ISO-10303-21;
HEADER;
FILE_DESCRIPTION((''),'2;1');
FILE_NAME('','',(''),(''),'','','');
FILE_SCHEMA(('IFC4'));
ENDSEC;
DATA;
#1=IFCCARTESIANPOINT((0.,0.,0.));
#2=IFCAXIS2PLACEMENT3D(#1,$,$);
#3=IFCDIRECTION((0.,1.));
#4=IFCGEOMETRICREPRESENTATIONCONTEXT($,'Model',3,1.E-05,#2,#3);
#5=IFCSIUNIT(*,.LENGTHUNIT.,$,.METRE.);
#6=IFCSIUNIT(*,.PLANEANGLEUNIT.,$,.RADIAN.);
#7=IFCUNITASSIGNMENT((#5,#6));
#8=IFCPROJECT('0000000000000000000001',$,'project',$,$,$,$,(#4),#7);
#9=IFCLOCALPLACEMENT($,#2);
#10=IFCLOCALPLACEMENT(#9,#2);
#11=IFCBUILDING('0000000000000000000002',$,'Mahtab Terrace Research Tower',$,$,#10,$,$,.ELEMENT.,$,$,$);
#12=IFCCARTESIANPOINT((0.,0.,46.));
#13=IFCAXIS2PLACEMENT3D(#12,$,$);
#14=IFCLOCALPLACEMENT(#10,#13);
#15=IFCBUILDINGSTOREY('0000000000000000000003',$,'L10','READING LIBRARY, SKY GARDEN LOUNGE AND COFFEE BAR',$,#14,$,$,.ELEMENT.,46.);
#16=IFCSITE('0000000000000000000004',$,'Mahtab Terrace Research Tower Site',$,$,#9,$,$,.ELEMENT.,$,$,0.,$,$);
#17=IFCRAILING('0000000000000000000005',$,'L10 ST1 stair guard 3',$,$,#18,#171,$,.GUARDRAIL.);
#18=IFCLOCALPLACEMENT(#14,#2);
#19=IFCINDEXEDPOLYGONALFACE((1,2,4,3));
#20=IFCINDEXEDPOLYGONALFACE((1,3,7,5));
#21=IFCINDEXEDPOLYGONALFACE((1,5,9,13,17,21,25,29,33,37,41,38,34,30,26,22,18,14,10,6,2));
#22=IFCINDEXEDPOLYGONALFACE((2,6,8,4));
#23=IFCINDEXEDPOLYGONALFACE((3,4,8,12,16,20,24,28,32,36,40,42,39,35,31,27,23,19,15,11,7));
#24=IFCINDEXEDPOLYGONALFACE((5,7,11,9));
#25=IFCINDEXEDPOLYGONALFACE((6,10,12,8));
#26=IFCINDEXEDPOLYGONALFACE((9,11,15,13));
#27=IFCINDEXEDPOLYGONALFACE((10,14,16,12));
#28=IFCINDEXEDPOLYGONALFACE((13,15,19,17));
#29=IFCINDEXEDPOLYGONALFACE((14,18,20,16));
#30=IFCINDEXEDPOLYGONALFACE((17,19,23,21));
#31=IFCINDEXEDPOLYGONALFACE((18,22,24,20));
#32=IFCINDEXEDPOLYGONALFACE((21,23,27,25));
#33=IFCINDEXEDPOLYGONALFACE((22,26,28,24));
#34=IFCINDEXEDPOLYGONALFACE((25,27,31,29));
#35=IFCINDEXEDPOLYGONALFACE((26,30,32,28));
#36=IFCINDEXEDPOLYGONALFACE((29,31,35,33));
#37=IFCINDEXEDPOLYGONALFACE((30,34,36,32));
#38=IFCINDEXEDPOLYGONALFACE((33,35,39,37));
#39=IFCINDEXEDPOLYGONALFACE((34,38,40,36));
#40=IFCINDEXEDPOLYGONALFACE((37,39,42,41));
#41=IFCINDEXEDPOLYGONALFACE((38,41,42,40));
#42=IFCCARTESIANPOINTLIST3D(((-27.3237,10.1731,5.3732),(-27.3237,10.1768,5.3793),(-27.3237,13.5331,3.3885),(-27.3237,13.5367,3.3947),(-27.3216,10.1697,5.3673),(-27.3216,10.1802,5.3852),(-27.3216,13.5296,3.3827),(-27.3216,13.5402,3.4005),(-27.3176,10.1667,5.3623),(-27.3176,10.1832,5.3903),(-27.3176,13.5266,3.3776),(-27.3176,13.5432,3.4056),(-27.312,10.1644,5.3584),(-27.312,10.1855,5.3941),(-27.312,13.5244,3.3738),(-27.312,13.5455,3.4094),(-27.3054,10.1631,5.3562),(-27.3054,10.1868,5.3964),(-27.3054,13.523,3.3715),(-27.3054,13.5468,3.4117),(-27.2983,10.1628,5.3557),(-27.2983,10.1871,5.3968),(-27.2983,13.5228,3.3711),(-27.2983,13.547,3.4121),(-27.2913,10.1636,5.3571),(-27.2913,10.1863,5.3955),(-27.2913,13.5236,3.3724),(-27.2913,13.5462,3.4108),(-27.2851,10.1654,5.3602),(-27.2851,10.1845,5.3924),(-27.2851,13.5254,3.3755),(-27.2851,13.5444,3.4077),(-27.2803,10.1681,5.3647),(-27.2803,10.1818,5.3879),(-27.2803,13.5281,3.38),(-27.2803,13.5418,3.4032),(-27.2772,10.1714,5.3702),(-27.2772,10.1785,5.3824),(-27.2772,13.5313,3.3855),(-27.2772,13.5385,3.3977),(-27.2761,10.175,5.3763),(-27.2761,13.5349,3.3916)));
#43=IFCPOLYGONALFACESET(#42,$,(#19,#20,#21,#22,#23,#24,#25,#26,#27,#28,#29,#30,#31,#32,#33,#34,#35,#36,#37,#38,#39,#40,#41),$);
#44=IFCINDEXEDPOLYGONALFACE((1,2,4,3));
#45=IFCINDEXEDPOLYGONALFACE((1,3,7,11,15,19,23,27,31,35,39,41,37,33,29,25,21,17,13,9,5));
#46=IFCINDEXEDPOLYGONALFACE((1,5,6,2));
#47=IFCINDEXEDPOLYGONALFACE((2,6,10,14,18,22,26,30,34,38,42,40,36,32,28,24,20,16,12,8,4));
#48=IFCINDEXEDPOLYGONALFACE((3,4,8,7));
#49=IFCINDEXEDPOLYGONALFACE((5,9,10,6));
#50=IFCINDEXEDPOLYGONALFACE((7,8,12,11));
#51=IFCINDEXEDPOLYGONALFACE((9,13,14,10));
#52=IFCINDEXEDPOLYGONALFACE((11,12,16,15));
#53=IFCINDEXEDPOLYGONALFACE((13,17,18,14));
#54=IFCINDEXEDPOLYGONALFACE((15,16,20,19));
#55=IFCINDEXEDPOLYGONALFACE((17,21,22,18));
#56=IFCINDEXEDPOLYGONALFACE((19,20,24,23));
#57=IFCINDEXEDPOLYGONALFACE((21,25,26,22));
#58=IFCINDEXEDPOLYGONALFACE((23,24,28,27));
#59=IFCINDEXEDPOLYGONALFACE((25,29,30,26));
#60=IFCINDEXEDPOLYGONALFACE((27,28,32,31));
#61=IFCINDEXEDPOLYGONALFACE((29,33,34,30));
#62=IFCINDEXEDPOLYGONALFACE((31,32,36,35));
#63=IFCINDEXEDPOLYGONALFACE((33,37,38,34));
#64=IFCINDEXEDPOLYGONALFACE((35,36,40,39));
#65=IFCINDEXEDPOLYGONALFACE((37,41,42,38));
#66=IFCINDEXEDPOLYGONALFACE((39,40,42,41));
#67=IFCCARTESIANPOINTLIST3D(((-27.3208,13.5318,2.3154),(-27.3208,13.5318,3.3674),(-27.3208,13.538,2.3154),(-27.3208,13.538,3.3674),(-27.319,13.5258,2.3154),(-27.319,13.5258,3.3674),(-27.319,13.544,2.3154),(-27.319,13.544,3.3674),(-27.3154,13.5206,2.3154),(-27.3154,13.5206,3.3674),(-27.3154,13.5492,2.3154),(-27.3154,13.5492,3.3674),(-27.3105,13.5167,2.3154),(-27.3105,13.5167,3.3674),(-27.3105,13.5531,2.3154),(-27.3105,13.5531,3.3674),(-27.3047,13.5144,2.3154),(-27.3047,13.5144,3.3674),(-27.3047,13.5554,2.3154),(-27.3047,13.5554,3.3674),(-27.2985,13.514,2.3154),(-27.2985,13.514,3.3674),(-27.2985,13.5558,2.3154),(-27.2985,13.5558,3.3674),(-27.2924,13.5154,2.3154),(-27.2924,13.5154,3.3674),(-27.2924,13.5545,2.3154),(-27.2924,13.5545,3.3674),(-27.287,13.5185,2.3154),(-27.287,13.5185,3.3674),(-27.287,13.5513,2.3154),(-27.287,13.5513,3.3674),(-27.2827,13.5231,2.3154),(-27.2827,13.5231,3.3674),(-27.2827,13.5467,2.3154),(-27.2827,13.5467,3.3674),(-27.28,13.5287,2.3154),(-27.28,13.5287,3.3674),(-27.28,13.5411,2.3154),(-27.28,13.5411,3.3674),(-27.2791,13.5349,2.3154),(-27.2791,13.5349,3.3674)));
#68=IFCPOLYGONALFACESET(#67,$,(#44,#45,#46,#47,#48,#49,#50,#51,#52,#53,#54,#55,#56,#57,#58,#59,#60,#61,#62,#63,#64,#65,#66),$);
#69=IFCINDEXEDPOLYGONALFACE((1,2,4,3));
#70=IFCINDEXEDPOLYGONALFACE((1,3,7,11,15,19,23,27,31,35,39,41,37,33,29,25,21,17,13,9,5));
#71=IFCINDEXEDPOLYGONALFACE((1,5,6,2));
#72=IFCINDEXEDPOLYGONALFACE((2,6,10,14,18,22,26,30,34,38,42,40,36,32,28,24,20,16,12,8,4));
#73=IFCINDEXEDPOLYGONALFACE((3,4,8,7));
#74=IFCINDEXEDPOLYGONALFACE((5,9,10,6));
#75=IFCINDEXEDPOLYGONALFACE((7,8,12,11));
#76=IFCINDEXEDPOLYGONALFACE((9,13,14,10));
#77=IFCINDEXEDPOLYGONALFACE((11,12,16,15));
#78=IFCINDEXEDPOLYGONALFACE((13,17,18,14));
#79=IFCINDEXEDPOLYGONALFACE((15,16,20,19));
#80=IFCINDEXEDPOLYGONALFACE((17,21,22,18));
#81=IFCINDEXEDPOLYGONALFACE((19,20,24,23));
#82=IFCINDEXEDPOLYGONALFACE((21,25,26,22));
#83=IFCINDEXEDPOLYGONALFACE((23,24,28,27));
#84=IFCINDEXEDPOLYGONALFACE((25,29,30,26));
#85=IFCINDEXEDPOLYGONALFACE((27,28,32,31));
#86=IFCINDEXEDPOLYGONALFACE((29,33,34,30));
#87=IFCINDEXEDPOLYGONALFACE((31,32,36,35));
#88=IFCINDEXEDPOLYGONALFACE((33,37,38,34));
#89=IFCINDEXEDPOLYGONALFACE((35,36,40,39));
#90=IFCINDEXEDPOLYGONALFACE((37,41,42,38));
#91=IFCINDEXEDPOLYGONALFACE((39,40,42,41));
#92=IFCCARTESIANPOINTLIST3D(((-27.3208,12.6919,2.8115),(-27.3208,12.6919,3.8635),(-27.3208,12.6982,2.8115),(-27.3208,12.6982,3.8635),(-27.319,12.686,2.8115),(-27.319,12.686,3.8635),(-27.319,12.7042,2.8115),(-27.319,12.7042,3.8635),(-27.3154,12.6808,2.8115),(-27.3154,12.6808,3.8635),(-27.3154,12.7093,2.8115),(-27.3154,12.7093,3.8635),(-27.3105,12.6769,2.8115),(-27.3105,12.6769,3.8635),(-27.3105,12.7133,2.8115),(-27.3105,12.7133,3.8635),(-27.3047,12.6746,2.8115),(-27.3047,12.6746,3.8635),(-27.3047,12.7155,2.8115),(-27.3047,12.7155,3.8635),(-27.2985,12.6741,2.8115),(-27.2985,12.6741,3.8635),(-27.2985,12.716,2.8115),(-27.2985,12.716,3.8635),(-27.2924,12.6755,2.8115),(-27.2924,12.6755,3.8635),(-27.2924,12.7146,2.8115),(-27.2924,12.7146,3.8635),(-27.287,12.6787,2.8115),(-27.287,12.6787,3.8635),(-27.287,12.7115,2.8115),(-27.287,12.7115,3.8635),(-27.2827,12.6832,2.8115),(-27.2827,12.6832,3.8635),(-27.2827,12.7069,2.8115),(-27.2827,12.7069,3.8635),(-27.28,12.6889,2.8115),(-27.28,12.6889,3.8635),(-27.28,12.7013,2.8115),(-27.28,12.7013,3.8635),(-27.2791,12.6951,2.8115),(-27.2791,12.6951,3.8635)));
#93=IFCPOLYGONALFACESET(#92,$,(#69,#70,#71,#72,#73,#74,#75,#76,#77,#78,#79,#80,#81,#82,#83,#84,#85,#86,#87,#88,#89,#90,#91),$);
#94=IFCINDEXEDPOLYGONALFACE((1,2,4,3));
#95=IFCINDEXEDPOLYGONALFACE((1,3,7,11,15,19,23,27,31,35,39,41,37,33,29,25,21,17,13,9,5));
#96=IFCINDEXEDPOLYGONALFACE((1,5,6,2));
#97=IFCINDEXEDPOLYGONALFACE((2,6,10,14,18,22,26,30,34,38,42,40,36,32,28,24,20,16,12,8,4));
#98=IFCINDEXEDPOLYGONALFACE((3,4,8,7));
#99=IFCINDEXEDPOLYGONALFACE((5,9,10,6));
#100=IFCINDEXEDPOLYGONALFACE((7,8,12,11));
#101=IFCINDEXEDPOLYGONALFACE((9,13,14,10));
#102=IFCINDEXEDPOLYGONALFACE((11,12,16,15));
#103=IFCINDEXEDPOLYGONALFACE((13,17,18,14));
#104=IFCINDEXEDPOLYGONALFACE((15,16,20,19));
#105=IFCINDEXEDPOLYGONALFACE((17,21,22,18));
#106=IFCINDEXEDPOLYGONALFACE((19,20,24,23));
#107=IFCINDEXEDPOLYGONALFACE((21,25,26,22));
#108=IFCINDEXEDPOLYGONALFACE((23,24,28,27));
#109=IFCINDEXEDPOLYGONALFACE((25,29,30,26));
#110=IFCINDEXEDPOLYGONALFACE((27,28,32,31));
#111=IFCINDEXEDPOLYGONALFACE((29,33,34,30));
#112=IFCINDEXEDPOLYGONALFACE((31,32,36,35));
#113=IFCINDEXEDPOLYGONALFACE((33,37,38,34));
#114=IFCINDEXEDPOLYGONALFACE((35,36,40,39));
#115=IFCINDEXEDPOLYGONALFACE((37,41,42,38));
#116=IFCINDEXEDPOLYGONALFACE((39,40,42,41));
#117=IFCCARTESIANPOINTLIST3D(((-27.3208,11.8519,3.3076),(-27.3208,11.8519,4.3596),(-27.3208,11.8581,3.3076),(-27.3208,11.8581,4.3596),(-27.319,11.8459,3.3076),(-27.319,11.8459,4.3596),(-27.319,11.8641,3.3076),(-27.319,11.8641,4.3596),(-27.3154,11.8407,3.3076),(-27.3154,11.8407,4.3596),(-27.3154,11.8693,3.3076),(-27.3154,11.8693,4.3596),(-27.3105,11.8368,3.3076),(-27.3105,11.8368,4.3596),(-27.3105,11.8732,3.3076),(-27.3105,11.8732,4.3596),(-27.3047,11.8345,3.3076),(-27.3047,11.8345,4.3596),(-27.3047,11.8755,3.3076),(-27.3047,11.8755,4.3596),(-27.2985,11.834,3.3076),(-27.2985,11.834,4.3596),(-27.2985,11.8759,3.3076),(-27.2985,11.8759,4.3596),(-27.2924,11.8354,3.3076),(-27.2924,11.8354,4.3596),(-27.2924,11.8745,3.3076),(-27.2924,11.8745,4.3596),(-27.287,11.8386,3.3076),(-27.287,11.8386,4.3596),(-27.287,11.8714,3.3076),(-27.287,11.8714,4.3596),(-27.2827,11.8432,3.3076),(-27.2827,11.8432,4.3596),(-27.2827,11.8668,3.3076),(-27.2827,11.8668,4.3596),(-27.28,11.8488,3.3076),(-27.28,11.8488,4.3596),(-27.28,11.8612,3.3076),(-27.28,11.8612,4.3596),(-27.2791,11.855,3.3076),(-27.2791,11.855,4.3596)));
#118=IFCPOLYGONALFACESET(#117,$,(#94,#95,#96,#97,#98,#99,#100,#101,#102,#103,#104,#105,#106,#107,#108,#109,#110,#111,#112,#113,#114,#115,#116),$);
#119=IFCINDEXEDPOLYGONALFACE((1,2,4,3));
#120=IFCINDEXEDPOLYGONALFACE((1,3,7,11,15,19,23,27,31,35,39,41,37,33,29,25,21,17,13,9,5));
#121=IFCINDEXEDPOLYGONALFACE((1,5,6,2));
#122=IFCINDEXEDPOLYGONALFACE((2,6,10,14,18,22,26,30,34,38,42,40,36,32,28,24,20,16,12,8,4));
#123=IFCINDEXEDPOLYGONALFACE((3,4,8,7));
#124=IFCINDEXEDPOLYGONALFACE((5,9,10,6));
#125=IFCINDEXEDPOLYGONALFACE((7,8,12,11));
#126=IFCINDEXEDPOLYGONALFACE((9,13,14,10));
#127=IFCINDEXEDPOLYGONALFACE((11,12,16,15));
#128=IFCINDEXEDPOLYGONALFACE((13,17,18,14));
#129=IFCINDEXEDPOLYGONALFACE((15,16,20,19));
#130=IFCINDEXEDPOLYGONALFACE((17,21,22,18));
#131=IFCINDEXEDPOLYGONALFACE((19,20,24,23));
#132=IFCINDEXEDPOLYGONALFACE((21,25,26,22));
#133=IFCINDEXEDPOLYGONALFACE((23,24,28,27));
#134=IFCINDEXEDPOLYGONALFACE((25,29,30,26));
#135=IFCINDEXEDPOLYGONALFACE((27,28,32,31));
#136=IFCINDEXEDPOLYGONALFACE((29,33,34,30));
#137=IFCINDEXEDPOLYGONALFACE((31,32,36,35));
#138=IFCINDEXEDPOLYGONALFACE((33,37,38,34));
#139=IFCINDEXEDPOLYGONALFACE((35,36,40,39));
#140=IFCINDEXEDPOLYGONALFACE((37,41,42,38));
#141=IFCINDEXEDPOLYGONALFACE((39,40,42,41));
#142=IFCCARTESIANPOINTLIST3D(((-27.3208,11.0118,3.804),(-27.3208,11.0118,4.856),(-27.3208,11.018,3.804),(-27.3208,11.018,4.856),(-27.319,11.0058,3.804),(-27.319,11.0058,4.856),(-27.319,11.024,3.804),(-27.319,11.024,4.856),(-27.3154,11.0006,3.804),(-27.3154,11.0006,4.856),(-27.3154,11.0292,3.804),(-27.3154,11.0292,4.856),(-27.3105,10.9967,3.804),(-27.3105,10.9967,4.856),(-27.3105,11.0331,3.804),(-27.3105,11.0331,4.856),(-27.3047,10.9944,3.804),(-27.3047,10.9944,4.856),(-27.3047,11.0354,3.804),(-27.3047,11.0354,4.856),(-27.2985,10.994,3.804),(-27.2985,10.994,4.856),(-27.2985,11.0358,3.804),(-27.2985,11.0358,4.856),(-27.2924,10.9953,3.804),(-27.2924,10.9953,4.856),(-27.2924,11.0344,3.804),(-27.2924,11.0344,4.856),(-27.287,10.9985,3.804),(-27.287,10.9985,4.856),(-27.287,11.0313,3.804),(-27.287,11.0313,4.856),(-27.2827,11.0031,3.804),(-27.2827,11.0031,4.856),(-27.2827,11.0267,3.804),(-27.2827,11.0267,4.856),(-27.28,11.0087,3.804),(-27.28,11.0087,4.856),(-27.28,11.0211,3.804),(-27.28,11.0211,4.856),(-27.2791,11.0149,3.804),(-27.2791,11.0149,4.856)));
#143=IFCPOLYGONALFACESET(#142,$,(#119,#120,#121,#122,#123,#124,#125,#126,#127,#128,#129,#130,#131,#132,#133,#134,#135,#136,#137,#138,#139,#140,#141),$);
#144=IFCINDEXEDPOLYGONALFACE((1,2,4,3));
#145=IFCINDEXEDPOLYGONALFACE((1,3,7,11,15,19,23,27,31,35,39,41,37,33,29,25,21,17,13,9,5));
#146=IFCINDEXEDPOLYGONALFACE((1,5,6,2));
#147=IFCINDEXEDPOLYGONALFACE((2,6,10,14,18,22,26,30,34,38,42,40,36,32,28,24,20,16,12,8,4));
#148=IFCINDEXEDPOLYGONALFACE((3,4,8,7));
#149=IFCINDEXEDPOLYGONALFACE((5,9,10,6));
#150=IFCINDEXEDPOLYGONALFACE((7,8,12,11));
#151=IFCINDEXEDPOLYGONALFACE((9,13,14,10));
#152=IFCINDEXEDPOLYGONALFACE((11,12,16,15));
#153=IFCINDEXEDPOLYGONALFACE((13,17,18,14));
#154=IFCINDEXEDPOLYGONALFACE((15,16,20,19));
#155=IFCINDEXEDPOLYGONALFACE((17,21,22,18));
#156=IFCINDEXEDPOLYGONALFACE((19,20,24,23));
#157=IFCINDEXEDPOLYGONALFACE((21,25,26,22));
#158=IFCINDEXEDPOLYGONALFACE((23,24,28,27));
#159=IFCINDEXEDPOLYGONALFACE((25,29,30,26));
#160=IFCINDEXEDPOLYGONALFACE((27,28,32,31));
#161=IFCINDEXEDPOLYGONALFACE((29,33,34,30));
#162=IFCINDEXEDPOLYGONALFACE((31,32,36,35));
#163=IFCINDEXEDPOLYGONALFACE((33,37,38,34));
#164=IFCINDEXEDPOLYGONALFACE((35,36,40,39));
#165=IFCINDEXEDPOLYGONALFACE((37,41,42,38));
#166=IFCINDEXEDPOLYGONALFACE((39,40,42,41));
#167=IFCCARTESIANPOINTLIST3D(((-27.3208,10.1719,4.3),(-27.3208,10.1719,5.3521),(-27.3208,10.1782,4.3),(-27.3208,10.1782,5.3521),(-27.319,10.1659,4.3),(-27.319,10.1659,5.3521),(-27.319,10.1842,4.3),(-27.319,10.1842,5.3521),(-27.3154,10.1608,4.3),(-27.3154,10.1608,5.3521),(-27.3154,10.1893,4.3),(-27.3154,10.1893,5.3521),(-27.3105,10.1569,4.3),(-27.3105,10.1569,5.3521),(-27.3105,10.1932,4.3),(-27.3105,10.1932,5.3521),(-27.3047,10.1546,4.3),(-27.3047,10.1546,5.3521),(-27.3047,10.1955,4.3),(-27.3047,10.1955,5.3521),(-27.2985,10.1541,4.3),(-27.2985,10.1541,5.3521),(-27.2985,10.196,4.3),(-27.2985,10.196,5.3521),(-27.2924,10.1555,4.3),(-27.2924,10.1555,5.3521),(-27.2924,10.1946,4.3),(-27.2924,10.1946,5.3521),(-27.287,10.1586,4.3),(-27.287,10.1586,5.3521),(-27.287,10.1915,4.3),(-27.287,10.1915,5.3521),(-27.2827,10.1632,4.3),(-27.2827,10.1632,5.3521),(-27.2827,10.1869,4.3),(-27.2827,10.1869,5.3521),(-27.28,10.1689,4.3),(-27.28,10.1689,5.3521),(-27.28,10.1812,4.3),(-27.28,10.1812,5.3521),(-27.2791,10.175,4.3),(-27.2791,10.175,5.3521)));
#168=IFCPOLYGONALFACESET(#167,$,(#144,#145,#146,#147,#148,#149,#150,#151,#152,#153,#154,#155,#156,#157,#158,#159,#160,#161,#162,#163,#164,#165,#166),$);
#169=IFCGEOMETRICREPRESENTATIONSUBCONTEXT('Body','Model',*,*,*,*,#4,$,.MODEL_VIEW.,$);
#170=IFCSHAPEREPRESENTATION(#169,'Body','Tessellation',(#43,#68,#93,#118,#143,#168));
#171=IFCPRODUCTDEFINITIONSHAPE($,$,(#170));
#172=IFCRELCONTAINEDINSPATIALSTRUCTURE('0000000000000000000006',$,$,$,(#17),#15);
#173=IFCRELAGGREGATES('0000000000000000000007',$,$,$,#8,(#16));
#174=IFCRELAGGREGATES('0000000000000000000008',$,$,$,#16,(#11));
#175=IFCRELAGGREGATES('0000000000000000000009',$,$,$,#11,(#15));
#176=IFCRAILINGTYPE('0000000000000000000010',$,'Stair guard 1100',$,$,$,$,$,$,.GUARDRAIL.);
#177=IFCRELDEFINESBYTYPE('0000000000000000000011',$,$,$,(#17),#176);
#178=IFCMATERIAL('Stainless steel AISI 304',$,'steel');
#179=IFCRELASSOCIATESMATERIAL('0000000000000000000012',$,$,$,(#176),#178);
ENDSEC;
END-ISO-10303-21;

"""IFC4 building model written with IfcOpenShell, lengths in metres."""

from ifc_helpers import new_model, si_unit, direction, frame, origin, origin_2d, place, context, subcontext, project, spatial, circle, extrude, material, type_object, element, save


model = new_model("IFC4")

# Units and contexts
model_context = context("Model", 3, precision=1e-05, world=origin(), true_north=direction((0.0, 1.0)))
body_context = subcontext(model_context, "Body", "Model", "MODEL_VIEW")
ifc_project = project(units=[si_unit("LENGTHUNIT", "METRE"), si_unit("PLANEANGLEUNIT", "RADIAN")], contexts=[model_context])

# Site, building, storey
site_placement = place(None, origin())
site = spatial("IfcSite", under=ifc_project, at=site_placement, Name="Mahtab Terrace Research Tower Site", CompositionType="ELEMENT", RefElevation=0.0)
building_placement = place(site_placement, origin())
building = spatial("IfcBuilding", under=site, at=building_placement, Name="Mahtab Terrace Research Tower", CompositionType="ELEMENT")
storey_placement = place(building_placement, frame((0.0, 0.0, 46.0)))
storey = spatial("IfcBuildingStorey", under=building, at=storey_placement, Name="L10", Description="READING LIBRARY, SKY GARDEN LOUNGE AND COFFEE BAR", CompositionType="ELEMENT", Elevation=46.0)

# Railing
ifc_material_1 = material(Name="Stainless steel AISI 304", Category="steel")
railing_type_1 = type_object("IfcRailingType", Name="Stair guard 1100", PredefinedType="GUARDRAIL", material=ifc_material_1)
railing_1_placement = place(storey_placement, frame((-27.3, 13.5349, 2.3154)))
element("IfcRailing", 1, at=railing_1_placement, inside=storey, type_object=railing_type_1, Name="L10 ST1 stair guard 3", PredefinedType="GUARDRAIL", context=body_context, shape_type="SweptSolid", body=[
    extrude(circle(Radius=0.0239, at=origin_2d()), frame((0.0, 0.0, 1.0762), z_axis=(0.0, -0.861011, 0.508586), x_axis=(1.0, 0.0, 0.0)), (0.0, 0.0, 1.0), 3.9023),
    extrude(circle(Radius=0.021, at=origin_2d()), origin(), (0.0, 0.0, 1.0), 1.052),
    extrude(circle(Radius=0.021, at=origin_2d()), frame((0.0, -0.8398, 0.4961)), (0.0, 0.0, 1.0), 1.052),
    extrude(circle(Radius=0.021, at=origin_2d()), frame((0.0, -1.6799, 0.9922)), (0.0, 0.0, 1.0), 1.052),
    extrude(circle(Radius=0.021, at=origin_2d()), frame((0.0, -2.52, 1.4885)), (0.0, 0.0, 1.0), 1.052),
    extrude(circle(Radius=0.021, at=origin_2d()), frame((0.0, -3.3599, 1.9846)), (0.0, 0.0, 1.0), 1.052),
])

save(model, "model.ifc")
